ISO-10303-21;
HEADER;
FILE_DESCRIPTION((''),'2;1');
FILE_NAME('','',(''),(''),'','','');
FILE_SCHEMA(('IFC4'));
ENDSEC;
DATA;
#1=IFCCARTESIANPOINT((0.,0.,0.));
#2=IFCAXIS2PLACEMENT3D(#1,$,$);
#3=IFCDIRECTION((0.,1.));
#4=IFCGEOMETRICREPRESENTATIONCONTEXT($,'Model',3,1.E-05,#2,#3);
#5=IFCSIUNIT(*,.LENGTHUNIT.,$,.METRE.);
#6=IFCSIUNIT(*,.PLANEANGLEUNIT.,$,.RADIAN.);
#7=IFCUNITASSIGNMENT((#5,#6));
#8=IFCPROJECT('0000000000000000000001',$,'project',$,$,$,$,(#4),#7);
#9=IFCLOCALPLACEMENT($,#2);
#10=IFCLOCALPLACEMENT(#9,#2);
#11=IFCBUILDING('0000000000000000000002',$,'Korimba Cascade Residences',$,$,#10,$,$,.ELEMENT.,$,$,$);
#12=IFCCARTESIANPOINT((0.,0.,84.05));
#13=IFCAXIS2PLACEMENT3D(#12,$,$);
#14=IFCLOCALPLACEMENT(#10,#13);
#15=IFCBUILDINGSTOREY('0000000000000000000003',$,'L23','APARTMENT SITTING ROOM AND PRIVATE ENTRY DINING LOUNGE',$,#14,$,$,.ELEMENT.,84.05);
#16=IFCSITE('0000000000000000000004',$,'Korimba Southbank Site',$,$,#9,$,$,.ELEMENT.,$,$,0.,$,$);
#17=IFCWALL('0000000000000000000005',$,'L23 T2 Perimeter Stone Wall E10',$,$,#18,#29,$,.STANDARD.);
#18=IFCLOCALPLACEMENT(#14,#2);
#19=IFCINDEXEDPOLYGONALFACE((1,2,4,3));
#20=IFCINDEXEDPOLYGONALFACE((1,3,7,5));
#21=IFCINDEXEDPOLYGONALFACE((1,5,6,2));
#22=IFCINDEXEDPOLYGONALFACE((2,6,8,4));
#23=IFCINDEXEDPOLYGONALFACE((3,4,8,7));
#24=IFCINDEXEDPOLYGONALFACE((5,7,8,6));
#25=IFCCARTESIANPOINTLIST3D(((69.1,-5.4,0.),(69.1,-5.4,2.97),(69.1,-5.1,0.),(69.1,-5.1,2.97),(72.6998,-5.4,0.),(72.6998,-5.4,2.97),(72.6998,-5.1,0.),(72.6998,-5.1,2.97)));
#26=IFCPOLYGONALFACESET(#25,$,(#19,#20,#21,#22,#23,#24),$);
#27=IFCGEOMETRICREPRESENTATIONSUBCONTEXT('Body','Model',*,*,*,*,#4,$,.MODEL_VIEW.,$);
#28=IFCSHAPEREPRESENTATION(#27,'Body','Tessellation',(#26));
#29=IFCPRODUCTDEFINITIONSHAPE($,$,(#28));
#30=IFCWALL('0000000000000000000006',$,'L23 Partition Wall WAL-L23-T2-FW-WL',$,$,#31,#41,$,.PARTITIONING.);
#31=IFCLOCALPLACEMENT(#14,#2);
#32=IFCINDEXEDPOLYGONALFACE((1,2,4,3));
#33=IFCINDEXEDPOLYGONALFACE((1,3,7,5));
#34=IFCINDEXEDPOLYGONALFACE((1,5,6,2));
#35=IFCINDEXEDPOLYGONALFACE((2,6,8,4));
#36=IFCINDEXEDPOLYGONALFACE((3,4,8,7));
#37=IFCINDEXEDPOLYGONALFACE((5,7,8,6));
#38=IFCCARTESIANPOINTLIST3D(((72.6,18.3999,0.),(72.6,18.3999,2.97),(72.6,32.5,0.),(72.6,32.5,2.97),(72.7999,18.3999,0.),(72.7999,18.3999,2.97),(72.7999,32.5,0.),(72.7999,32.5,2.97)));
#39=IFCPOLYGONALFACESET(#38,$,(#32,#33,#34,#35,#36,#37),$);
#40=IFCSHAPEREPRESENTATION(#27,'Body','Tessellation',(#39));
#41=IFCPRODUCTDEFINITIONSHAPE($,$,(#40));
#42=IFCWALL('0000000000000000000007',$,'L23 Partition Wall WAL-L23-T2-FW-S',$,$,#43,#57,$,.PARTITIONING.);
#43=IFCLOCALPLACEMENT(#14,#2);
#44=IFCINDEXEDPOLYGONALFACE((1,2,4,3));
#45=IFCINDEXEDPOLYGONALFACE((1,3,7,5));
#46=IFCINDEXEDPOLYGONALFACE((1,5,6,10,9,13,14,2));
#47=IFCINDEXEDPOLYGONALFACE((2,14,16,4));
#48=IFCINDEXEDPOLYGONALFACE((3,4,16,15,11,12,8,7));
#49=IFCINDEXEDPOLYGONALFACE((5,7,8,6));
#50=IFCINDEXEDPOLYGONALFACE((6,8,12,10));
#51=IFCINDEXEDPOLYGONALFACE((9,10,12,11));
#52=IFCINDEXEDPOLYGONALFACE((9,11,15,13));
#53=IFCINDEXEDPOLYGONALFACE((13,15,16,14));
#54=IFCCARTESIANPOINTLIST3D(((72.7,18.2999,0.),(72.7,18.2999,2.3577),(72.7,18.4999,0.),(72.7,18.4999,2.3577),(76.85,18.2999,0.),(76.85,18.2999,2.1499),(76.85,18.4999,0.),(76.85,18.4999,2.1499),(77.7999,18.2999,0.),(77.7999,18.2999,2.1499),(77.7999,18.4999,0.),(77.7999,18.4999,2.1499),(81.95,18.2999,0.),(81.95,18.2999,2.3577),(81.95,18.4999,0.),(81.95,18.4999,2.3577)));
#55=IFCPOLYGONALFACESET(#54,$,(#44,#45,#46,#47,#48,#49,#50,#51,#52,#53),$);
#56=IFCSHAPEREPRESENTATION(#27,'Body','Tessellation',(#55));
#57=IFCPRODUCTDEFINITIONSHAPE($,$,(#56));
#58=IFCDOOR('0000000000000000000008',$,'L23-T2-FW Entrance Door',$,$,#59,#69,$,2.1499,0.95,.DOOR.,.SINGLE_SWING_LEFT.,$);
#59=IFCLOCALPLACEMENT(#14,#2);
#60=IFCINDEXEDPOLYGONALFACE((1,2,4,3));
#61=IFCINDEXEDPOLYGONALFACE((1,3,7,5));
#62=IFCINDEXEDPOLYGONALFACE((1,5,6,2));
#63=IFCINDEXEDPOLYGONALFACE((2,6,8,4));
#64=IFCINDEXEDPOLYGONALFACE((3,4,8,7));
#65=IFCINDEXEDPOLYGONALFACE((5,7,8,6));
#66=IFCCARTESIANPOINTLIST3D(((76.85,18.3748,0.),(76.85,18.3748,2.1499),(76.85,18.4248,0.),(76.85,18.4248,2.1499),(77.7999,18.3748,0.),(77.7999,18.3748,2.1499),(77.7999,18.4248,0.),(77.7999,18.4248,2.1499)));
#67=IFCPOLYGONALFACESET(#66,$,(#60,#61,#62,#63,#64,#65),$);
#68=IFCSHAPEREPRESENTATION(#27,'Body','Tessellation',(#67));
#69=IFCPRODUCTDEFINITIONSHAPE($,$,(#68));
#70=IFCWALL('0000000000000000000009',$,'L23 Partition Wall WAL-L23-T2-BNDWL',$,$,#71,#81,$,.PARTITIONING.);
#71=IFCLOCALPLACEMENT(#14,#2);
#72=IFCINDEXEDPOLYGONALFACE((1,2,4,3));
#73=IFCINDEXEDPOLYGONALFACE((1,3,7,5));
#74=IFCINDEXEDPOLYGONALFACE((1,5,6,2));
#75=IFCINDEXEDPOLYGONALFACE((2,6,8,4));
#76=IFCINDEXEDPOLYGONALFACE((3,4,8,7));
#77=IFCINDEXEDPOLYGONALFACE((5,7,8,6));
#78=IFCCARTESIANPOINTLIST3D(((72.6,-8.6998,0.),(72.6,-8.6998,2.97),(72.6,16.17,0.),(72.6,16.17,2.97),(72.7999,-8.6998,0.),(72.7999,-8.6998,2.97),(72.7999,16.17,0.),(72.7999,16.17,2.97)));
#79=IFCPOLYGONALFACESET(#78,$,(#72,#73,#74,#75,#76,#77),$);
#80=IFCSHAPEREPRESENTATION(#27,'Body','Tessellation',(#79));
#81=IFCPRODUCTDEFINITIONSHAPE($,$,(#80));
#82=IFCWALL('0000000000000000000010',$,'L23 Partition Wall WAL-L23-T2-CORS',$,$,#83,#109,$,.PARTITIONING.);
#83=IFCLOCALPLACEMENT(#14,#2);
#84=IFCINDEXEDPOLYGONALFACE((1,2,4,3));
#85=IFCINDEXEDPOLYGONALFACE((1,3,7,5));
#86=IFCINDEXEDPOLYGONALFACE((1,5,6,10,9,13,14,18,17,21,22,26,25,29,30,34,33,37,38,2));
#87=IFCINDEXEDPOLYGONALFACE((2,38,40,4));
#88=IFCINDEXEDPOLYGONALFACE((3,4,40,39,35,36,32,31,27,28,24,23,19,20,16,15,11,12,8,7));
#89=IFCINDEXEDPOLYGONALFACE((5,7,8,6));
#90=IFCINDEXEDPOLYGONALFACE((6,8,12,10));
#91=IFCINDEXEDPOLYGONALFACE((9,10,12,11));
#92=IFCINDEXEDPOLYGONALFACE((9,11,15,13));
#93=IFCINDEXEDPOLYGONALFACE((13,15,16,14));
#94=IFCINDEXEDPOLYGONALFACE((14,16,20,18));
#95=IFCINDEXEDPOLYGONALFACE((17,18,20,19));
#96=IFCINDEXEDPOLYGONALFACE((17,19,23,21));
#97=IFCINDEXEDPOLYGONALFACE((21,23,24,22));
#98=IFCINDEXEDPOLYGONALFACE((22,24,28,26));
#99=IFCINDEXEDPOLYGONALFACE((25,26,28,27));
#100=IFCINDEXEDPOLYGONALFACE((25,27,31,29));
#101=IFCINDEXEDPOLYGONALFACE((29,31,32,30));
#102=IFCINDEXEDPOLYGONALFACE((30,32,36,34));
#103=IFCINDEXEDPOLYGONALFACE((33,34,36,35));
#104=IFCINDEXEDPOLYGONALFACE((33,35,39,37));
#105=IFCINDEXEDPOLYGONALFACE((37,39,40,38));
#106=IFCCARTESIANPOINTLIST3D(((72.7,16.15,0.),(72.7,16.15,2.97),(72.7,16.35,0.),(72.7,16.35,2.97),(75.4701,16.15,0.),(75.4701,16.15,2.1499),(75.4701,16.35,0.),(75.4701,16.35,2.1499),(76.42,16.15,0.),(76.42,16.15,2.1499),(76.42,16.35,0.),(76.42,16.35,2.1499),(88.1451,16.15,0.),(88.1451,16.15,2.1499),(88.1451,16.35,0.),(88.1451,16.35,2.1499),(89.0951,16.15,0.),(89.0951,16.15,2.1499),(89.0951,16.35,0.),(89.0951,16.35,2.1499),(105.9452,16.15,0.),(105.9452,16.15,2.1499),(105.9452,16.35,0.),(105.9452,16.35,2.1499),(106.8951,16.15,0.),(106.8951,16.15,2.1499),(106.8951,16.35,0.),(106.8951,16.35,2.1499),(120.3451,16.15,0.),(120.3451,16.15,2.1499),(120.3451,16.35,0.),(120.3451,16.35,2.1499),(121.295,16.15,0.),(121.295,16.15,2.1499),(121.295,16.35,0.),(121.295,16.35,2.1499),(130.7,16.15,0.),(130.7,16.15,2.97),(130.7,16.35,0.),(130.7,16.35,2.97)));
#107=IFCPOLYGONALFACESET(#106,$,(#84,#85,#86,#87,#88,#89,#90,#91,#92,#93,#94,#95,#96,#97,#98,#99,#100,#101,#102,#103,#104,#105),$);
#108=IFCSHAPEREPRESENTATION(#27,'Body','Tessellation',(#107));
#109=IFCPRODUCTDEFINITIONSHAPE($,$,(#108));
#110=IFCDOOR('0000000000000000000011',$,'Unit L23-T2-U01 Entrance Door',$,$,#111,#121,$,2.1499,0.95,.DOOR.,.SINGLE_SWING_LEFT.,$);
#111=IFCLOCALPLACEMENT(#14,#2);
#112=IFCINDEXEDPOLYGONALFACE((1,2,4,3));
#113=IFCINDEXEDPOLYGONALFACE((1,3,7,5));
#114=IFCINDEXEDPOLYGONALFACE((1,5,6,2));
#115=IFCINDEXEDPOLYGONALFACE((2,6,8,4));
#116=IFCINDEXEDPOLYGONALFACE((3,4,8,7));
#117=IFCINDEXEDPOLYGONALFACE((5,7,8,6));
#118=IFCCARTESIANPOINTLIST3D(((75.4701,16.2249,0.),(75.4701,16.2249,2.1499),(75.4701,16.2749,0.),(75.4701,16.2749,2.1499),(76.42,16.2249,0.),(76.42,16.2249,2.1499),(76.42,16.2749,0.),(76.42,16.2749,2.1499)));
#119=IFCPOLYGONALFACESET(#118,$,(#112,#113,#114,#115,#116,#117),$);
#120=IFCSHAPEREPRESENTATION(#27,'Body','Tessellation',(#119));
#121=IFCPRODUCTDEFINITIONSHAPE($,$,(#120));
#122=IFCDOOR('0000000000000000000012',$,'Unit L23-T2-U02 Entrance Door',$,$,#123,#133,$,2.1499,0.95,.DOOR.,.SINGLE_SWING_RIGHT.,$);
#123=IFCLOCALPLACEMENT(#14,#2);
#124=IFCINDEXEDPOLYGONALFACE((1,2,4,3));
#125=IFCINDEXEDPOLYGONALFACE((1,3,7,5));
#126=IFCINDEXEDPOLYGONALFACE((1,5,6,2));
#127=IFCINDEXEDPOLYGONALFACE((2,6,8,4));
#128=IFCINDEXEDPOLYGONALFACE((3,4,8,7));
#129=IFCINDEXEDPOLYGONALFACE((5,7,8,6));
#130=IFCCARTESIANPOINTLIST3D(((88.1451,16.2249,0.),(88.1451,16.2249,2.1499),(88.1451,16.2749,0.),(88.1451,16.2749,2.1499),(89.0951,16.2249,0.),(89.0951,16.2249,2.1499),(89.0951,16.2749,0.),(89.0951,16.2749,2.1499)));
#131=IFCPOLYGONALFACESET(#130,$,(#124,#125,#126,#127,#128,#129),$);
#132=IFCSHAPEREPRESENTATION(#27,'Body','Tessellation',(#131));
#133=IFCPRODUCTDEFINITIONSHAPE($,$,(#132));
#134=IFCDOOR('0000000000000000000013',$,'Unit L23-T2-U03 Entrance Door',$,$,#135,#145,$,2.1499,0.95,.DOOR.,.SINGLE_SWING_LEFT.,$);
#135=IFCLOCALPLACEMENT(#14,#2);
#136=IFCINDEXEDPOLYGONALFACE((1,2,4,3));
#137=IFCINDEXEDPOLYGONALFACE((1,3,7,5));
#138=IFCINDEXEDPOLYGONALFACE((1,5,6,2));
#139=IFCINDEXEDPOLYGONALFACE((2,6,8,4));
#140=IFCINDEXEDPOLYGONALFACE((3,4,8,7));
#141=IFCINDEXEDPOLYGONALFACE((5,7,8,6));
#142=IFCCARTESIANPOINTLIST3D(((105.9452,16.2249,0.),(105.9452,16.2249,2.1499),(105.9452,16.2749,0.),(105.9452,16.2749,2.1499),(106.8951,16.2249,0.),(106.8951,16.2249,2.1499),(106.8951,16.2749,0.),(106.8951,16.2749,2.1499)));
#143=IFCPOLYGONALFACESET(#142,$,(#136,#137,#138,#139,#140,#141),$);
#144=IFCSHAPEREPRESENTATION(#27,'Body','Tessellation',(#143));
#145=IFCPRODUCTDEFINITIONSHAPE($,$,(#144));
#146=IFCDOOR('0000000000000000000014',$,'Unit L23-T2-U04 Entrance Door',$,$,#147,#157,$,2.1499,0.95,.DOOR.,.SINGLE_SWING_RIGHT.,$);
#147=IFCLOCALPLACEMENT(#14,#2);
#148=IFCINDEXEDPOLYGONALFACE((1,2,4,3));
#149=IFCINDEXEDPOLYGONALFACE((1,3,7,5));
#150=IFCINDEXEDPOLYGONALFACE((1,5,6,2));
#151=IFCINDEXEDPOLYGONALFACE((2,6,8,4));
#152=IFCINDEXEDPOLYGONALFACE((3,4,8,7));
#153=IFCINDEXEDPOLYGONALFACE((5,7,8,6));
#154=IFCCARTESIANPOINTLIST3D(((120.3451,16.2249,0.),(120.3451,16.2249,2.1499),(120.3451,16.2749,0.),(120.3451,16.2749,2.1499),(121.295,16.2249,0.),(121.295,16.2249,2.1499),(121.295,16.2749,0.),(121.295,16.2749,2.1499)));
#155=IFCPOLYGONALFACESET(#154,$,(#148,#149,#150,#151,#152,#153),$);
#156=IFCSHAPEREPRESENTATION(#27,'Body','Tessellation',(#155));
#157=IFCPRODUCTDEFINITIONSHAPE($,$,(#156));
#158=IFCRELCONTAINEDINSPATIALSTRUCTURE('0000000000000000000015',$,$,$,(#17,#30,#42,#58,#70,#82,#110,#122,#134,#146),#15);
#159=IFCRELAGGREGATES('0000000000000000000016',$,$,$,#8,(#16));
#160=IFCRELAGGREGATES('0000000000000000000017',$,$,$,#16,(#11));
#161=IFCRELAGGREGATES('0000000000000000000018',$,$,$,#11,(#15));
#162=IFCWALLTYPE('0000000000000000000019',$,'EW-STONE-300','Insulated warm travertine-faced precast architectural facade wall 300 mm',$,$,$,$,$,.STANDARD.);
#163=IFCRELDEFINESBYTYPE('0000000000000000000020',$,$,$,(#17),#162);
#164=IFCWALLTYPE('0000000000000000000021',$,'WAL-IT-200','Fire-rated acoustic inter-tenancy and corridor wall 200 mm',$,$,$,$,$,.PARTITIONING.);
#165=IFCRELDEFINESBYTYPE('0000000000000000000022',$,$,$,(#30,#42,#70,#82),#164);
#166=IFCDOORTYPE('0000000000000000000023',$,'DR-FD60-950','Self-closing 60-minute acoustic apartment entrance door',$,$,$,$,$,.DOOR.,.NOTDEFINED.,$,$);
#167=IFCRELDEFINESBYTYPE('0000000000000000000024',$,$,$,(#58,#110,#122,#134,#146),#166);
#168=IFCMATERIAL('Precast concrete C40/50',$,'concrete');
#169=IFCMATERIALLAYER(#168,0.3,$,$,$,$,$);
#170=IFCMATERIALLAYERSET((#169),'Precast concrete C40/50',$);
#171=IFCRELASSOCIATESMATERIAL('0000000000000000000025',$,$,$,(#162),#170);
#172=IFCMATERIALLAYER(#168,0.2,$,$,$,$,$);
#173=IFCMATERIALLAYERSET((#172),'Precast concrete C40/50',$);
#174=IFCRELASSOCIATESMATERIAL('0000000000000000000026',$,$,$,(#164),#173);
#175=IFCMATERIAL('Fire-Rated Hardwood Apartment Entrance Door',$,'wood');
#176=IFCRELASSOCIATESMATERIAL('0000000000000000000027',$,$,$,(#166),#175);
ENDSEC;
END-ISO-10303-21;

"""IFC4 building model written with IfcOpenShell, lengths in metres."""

from ifc_helpers import new_model, si_unit, direction, frame, frame_2d, origin, place, context, subcontext, project, spatial, rectangle, extrude, material, layer, layer_set, type_object, element, fill, save


model = new_model("IFC4")

# Units and contexts
model_context = context("Model", 3, precision=1e-05, world=origin(), true_north=direction((0.0, 1.0)))
body_context = subcontext(model_context, "Body", "Model", "MODEL_VIEW")
ifc_project = project(units=[si_unit("LENGTHUNIT", "METRE"), si_unit("PLANEANGLEUNIT", "RADIAN")], contexts=[model_context])

# Site, building, storey
site_placement = place(None, origin())
site = spatial("IfcSite", under=ifc_project, at=site_placement, Name="Korimba Southbank Site", CompositionType="ELEMENT", RefElevation=0.0)
building_placement = place(site_placement, origin())
building = spatial("IfcBuilding", under=site, at=building_placement, Name="Korimba Cascade Residences", CompositionType="ELEMENT")
storey_placement = place(building_placement, frame((0.0, 0.0, 84.05)))
storey = spatial("IfcBuildingStorey", under=building, at=storey_placement, Name="L23", Description="APARTMENT SITTING ROOM AND PRIVATE ENTRY DINING LOUNGE", CompositionType="ELEMENT", Elevation=84.05)

# Shared definitions
ifc_material_1 = material(Name="Precast concrete C40/50", Category="concrete")

# Walls
ifc_layer_1 = layer(ifc_material_1, 0.3)
ifc_layer_set_1 = layer_set([ifc_layer_1], Name="Precast concrete C40/50")
wall_type_1 = type_object("IfcWallType", Name="EW-STONE-300", Description="Insulated warm travertine-faced precast architectural facade wall 300 mm", PredefinedType="STANDARD", material=ifc_layer_set_1)
wall_1_placement = place(storey_placement, frame((69.1001, -5.25, 0.0), z_axis=(0.0, 0.0, 1.0), x_axis=(1.0, 0.0, 0.0)))
element("IfcWall", 1, at=wall_1_placement, inside=storey, type_object=wall_type_1, Name="L23 T2 Perimeter Stone Wall E10", PredefinedType="STANDARD", context=body_context, shape_type="SweptSolid", body=[
    extrude(rectangle(XDim=3.5999, YDim=0.3, at=frame_2d((1.7998, 0.0))), origin(), (0.0, 0.0, 1.0), 2.97),
])
ifc_layer_2 = layer(ifc_material_1, 0.2)
ifc_layer_set_2 = layer_set([ifc_layer_2], Name="Precast concrete C40/50")
wall_type_2 = type_object("IfcWallType", Name="WAL-IT-200", Description="Fire-rated acoustic inter-tenancy and corridor wall 200 mm", PredefinedType="PARTITIONING", material=ifc_layer_set_2)
wall_2_placement = place(storey_placement, frame((72.7, 18.3999, 0.0), z_axis=(0.0, 0.0, 1.0), x_axis=(0.0, 1.0, 0.0)))
element("IfcWall", 2, at=wall_2_placement, inside=storey, type_object=wall_type_2, Name="L23 Partition Wall WAL-L23-T2-FW-WL", PredefinedType="PARTITIONING", context=body_context, shape_type="SweptSolid", body=[
    extrude(rectangle(XDim=14.1001, YDim=0.2, at=frame_2d((7.05, 0.0))), origin(), (0.0, 0.0, 1.0), 2.97),
])

# Wall, opening, door
wall_3_placement = place(storey_placement, frame((72.7, 18.3999, 0.0), z_axis=(0.0, 0.0, 1.0), x_axis=(1.0, 0.0, 0.0)))
wall_3 = element("IfcWall", 3, at=wall_3_placement, inside=storey, type_object=wall_type_2, Name="L23 Partition Wall WAL-L23-T2-FW-S", PredefinedType="PARTITIONING", context=body_context, shape_type="SweptSolid", body=[
    extrude(rectangle(XDim=9.25, YDim=0.2, at=frame_2d((4.625, 0.0))), origin(), (0.0, 0.0, 1.0), 2.3577),
])
opening_1_placement = place(wall_3_placement, frame((4.1499, 0.0, 0.0)))
opening_1 = element("IfcOpeningElement", 4, at=opening_1_placement, cuts=wall_3, PredefinedType="OPENING", context=body_context, shape_type="SweptSolid", body=[
    extrude(rectangle(XDim=0.95, YDim=2.1499, at=frame_2d((0.4751, 1.075))), frame((0.0, 0.1099, 0.0), z_axis=(0.0, -1.0, 0.0), x_axis=(1.0, 0.0, 0.0)), (0.0, 0.0, 1.0), 0.22),
])
ifc_material_2 = material(Name="Fire-Rated Hardwood Apartment Entrance Door", Category="wood")
door_type_1 = type_object("IfcDoorType", Name="DR-FD60-950", Description="Self-closing 60-minute acoustic apartment entrance door", OperationType="NOTDEFINED", PredefinedType="DOOR", material=ifc_material_2)
door_1_placement = place(opening_1_placement, origin())
door_1 = element("IfcDoor", 5, at=door_1_placement, inside=storey, type_object=door_type_1, Name="L23-T2-FW Entrance Door", OperationType="SINGLE_SWING_LEFT", OverallHeight=2.1499, OverallWidth=0.95, PredefinedType="DOOR", context=body_context, shape_type="SweptSolid", body=[
    extrude(rectangle(XDim=0.95, YDim=2.1499, at=frame_2d((0.4751, 1.075))), frame((0.0, 0.0249, 0.0), z_axis=(0.0, -1.0, 0.0), x_axis=(1.0, 0.0, 0.0)), (0.0, 0.0, 1.0), 0.05),
])
fill(opening_1, door_1)

# Wall
wall_4_placement = place(storey_placement, frame((72.7, -8.7, 0.0), z_axis=(0.0, 0.0, 1.0), x_axis=(0.0, 1.0, 0.0)))
element("IfcWall", 6, at=wall_4_placement, inside=storey, type_object=wall_type_2, Name="L23 Partition Wall WAL-L23-T2-BNDWL", PredefinedType="PARTITIONING", context=body_context, shape_type="SweptSolid", body=[
    extrude(rectangle(XDim=24.8699, YDim=0.2, at=frame_2d((12.4351, 0.0))), origin(), (0.0, 0.0, 1.0), 2.97),
])

# Wall, openings, doors
wall_5_placement = place(storey_placement, frame((72.7, 16.25, 0.0), z_axis=(0.0, 0.0, 1.0), x_axis=(1.0, 0.0, 0.0)))
wall_5 = element("IfcWall", 7, at=wall_5_placement, inside=storey, type_object=wall_type_2, Name="L23 Partition Wall WAL-L23-T2-CORS", PredefinedType="PARTITIONING", context=body_context, shape_type="SweptSolid", body=[
    extrude(rectangle(XDim=58.0, YDim=0.2, at=frame_2d((29.0, 0.0))), origin(), (0.0, 0.0, 1.0), 2.97),
])
opening_2_placement = place(wall_5_placement, frame((2.77, 0.0, 0.0)))
opening_2 = element("IfcOpeningElement", 8, at=opening_2_placement, cuts=wall_5, PredefinedType="OPENING", context=body_context, shape_type="SweptSolid", body=[
    extrude(rectangle(XDim=0.95, YDim=2.1499, at=frame_2d((0.4751, 1.075))), frame((0.0, 0.1099, 0.0), z_axis=(0.0, -1.0, 0.0), x_axis=(1.0, 0.0, 0.0)), (0.0, 0.0, 1.0), 0.22),
])
opening_3_placement = place(wall_5_placement, frame((15.4451, 0.0, 0.0)))
opening_3 = element("IfcOpeningElement", 9, at=opening_3_placement, cuts=wall_5, PredefinedType="OPENING", context=body_context, shape_type="SweptSolid", body=[
    extrude(rectangle(XDim=0.95, YDim=2.1499, at=frame_2d((0.4751, 1.075))), frame((0.0, 0.1099, 0.0), z_axis=(0.0, -1.0, 0.0), x_axis=(1.0, 0.0, 0.0)), (0.0, 0.0, 1.0), 0.22),
])
opening_4_placement = place(wall_5_placement, frame((33.2451, 0.0, 0.0)))
opening_4 = element("IfcOpeningElement", 10, at=opening_4_placement, cuts=wall_5, PredefinedType="OPENING", context=body_context, shape_type="SweptSolid", body=[
    extrude(rectangle(XDim=0.95, YDim=2.1499, at=frame_2d((0.4751, 1.075))), frame((0.0, 0.1099, 0.0), z_axis=(0.0, -1.0, 0.0), x_axis=(1.0, 0.0, 0.0)), (0.0, 0.0, 1.0), 0.22),
])
opening_5_placement = place(wall_5_placement, frame((47.645, 0.0, 0.0)))
opening_5 = element("IfcOpeningElement", 11, at=opening_5_placement, cuts=wall_5, PredefinedType="OPENING", context=body_context, shape_type="SweptSolid", body=[
    extrude(rectangle(XDim=0.95, YDim=2.1499, at=frame_2d((0.4751, 1.075))), frame((0.0, 0.1099, 0.0), z_axis=(0.0, -1.0, 0.0), x_axis=(1.0, 0.0, 0.0)), (0.0, 0.0, 1.0), 0.22),
])
door_2_placement = place(opening_2_placement, origin())
door_2 = element("IfcDoor", 12, at=door_2_placement, inside=storey, type_object=door_type_1, Name="Unit L23-T2-U01 Entrance Door", OperationType="SINGLE_SWING_LEFT", OverallHeight=2.1499, OverallWidth=0.95, PredefinedType="DOOR", context=body_context, shape_type="SweptSolid", body=[
    extrude(rectangle(XDim=0.95, YDim=2.1499, at=frame_2d((0.4751, 1.075))), frame((0.0, 0.0249, 0.0), z_axis=(0.0, -1.0, 0.0), x_axis=(1.0, 0.0, 0.0)), (0.0, 0.0, 1.0), 0.05),
])
fill(opening_2, door_2)
door_3_placement = place(opening_3_placement, origin())
door_3 = element("IfcDoor", 13, at=door_3_placement, inside=storey, type_object=door_type_1, Name="Unit L23-T2-U02 Entrance Door", OperationType="SINGLE_SWING_RIGHT", OverallHeight=2.1499, OverallWidth=0.95, PredefinedType="DOOR", context=body_context, shape_type="SweptSolid", body=[
    extrude(rectangle(XDim=0.95, YDim=2.1499, at=frame_2d((0.4751, 1.075))), frame((0.0, 0.0249, 0.0), z_axis=(0.0, -1.0, 0.0), x_axis=(1.0, 0.0, 0.0)), (0.0, 0.0, 1.0), 0.05),
])
fill(opening_3, door_3)
door_4_placement = place(opening_4_placement, origin())
door_4 = element("IfcDoor", 14, at=door_4_placement, inside=storey, type_object=door_type_1, Name="Unit L23-T2-U03 Entrance Door", OperationType="SINGLE_SWING_LEFT", OverallHeight=2.1499, OverallWidth=0.95, PredefinedType="DOOR", context=body_context, shape_type="SweptSolid", body=[
    extrude(rectangle(XDim=0.95, YDim=2.1499, at=frame_2d((0.4751, 1.075))), frame((0.0, 0.0249, 0.0), z_axis=(0.0, -1.0, 0.0), x_axis=(1.0, 0.0, 0.0)), (0.0, 0.0, 1.0), 0.05),
])
fill(opening_4, door_4)
door_5_placement = place(opening_5_placement, origin())
door_5 = element("IfcDoor", 15, at=door_5_placement, inside=storey, type_object=door_type_1, Name="Unit L23-T2-U04 Entrance Door", OperationType="SINGLE_SWING_RIGHT", OverallHeight=2.1499, OverallWidth=0.95, PredefinedType="DOOR", context=body_context, shape_type="SweptSolid", body=[
    extrude(rectangle(XDim=0.95, YDim=2.1499, at=frame_2d((0.4751, 1.075))), frame((0.0, 0.0249, 0.0), z_axis=(0.0, -1.0, 0.0), x_axis=(1.0, 0.0, 0.0)), (0.0, 0.0, 1.0), 0.05),
])
fill(opening_5, door_5)

save(model, "model.ifc")
